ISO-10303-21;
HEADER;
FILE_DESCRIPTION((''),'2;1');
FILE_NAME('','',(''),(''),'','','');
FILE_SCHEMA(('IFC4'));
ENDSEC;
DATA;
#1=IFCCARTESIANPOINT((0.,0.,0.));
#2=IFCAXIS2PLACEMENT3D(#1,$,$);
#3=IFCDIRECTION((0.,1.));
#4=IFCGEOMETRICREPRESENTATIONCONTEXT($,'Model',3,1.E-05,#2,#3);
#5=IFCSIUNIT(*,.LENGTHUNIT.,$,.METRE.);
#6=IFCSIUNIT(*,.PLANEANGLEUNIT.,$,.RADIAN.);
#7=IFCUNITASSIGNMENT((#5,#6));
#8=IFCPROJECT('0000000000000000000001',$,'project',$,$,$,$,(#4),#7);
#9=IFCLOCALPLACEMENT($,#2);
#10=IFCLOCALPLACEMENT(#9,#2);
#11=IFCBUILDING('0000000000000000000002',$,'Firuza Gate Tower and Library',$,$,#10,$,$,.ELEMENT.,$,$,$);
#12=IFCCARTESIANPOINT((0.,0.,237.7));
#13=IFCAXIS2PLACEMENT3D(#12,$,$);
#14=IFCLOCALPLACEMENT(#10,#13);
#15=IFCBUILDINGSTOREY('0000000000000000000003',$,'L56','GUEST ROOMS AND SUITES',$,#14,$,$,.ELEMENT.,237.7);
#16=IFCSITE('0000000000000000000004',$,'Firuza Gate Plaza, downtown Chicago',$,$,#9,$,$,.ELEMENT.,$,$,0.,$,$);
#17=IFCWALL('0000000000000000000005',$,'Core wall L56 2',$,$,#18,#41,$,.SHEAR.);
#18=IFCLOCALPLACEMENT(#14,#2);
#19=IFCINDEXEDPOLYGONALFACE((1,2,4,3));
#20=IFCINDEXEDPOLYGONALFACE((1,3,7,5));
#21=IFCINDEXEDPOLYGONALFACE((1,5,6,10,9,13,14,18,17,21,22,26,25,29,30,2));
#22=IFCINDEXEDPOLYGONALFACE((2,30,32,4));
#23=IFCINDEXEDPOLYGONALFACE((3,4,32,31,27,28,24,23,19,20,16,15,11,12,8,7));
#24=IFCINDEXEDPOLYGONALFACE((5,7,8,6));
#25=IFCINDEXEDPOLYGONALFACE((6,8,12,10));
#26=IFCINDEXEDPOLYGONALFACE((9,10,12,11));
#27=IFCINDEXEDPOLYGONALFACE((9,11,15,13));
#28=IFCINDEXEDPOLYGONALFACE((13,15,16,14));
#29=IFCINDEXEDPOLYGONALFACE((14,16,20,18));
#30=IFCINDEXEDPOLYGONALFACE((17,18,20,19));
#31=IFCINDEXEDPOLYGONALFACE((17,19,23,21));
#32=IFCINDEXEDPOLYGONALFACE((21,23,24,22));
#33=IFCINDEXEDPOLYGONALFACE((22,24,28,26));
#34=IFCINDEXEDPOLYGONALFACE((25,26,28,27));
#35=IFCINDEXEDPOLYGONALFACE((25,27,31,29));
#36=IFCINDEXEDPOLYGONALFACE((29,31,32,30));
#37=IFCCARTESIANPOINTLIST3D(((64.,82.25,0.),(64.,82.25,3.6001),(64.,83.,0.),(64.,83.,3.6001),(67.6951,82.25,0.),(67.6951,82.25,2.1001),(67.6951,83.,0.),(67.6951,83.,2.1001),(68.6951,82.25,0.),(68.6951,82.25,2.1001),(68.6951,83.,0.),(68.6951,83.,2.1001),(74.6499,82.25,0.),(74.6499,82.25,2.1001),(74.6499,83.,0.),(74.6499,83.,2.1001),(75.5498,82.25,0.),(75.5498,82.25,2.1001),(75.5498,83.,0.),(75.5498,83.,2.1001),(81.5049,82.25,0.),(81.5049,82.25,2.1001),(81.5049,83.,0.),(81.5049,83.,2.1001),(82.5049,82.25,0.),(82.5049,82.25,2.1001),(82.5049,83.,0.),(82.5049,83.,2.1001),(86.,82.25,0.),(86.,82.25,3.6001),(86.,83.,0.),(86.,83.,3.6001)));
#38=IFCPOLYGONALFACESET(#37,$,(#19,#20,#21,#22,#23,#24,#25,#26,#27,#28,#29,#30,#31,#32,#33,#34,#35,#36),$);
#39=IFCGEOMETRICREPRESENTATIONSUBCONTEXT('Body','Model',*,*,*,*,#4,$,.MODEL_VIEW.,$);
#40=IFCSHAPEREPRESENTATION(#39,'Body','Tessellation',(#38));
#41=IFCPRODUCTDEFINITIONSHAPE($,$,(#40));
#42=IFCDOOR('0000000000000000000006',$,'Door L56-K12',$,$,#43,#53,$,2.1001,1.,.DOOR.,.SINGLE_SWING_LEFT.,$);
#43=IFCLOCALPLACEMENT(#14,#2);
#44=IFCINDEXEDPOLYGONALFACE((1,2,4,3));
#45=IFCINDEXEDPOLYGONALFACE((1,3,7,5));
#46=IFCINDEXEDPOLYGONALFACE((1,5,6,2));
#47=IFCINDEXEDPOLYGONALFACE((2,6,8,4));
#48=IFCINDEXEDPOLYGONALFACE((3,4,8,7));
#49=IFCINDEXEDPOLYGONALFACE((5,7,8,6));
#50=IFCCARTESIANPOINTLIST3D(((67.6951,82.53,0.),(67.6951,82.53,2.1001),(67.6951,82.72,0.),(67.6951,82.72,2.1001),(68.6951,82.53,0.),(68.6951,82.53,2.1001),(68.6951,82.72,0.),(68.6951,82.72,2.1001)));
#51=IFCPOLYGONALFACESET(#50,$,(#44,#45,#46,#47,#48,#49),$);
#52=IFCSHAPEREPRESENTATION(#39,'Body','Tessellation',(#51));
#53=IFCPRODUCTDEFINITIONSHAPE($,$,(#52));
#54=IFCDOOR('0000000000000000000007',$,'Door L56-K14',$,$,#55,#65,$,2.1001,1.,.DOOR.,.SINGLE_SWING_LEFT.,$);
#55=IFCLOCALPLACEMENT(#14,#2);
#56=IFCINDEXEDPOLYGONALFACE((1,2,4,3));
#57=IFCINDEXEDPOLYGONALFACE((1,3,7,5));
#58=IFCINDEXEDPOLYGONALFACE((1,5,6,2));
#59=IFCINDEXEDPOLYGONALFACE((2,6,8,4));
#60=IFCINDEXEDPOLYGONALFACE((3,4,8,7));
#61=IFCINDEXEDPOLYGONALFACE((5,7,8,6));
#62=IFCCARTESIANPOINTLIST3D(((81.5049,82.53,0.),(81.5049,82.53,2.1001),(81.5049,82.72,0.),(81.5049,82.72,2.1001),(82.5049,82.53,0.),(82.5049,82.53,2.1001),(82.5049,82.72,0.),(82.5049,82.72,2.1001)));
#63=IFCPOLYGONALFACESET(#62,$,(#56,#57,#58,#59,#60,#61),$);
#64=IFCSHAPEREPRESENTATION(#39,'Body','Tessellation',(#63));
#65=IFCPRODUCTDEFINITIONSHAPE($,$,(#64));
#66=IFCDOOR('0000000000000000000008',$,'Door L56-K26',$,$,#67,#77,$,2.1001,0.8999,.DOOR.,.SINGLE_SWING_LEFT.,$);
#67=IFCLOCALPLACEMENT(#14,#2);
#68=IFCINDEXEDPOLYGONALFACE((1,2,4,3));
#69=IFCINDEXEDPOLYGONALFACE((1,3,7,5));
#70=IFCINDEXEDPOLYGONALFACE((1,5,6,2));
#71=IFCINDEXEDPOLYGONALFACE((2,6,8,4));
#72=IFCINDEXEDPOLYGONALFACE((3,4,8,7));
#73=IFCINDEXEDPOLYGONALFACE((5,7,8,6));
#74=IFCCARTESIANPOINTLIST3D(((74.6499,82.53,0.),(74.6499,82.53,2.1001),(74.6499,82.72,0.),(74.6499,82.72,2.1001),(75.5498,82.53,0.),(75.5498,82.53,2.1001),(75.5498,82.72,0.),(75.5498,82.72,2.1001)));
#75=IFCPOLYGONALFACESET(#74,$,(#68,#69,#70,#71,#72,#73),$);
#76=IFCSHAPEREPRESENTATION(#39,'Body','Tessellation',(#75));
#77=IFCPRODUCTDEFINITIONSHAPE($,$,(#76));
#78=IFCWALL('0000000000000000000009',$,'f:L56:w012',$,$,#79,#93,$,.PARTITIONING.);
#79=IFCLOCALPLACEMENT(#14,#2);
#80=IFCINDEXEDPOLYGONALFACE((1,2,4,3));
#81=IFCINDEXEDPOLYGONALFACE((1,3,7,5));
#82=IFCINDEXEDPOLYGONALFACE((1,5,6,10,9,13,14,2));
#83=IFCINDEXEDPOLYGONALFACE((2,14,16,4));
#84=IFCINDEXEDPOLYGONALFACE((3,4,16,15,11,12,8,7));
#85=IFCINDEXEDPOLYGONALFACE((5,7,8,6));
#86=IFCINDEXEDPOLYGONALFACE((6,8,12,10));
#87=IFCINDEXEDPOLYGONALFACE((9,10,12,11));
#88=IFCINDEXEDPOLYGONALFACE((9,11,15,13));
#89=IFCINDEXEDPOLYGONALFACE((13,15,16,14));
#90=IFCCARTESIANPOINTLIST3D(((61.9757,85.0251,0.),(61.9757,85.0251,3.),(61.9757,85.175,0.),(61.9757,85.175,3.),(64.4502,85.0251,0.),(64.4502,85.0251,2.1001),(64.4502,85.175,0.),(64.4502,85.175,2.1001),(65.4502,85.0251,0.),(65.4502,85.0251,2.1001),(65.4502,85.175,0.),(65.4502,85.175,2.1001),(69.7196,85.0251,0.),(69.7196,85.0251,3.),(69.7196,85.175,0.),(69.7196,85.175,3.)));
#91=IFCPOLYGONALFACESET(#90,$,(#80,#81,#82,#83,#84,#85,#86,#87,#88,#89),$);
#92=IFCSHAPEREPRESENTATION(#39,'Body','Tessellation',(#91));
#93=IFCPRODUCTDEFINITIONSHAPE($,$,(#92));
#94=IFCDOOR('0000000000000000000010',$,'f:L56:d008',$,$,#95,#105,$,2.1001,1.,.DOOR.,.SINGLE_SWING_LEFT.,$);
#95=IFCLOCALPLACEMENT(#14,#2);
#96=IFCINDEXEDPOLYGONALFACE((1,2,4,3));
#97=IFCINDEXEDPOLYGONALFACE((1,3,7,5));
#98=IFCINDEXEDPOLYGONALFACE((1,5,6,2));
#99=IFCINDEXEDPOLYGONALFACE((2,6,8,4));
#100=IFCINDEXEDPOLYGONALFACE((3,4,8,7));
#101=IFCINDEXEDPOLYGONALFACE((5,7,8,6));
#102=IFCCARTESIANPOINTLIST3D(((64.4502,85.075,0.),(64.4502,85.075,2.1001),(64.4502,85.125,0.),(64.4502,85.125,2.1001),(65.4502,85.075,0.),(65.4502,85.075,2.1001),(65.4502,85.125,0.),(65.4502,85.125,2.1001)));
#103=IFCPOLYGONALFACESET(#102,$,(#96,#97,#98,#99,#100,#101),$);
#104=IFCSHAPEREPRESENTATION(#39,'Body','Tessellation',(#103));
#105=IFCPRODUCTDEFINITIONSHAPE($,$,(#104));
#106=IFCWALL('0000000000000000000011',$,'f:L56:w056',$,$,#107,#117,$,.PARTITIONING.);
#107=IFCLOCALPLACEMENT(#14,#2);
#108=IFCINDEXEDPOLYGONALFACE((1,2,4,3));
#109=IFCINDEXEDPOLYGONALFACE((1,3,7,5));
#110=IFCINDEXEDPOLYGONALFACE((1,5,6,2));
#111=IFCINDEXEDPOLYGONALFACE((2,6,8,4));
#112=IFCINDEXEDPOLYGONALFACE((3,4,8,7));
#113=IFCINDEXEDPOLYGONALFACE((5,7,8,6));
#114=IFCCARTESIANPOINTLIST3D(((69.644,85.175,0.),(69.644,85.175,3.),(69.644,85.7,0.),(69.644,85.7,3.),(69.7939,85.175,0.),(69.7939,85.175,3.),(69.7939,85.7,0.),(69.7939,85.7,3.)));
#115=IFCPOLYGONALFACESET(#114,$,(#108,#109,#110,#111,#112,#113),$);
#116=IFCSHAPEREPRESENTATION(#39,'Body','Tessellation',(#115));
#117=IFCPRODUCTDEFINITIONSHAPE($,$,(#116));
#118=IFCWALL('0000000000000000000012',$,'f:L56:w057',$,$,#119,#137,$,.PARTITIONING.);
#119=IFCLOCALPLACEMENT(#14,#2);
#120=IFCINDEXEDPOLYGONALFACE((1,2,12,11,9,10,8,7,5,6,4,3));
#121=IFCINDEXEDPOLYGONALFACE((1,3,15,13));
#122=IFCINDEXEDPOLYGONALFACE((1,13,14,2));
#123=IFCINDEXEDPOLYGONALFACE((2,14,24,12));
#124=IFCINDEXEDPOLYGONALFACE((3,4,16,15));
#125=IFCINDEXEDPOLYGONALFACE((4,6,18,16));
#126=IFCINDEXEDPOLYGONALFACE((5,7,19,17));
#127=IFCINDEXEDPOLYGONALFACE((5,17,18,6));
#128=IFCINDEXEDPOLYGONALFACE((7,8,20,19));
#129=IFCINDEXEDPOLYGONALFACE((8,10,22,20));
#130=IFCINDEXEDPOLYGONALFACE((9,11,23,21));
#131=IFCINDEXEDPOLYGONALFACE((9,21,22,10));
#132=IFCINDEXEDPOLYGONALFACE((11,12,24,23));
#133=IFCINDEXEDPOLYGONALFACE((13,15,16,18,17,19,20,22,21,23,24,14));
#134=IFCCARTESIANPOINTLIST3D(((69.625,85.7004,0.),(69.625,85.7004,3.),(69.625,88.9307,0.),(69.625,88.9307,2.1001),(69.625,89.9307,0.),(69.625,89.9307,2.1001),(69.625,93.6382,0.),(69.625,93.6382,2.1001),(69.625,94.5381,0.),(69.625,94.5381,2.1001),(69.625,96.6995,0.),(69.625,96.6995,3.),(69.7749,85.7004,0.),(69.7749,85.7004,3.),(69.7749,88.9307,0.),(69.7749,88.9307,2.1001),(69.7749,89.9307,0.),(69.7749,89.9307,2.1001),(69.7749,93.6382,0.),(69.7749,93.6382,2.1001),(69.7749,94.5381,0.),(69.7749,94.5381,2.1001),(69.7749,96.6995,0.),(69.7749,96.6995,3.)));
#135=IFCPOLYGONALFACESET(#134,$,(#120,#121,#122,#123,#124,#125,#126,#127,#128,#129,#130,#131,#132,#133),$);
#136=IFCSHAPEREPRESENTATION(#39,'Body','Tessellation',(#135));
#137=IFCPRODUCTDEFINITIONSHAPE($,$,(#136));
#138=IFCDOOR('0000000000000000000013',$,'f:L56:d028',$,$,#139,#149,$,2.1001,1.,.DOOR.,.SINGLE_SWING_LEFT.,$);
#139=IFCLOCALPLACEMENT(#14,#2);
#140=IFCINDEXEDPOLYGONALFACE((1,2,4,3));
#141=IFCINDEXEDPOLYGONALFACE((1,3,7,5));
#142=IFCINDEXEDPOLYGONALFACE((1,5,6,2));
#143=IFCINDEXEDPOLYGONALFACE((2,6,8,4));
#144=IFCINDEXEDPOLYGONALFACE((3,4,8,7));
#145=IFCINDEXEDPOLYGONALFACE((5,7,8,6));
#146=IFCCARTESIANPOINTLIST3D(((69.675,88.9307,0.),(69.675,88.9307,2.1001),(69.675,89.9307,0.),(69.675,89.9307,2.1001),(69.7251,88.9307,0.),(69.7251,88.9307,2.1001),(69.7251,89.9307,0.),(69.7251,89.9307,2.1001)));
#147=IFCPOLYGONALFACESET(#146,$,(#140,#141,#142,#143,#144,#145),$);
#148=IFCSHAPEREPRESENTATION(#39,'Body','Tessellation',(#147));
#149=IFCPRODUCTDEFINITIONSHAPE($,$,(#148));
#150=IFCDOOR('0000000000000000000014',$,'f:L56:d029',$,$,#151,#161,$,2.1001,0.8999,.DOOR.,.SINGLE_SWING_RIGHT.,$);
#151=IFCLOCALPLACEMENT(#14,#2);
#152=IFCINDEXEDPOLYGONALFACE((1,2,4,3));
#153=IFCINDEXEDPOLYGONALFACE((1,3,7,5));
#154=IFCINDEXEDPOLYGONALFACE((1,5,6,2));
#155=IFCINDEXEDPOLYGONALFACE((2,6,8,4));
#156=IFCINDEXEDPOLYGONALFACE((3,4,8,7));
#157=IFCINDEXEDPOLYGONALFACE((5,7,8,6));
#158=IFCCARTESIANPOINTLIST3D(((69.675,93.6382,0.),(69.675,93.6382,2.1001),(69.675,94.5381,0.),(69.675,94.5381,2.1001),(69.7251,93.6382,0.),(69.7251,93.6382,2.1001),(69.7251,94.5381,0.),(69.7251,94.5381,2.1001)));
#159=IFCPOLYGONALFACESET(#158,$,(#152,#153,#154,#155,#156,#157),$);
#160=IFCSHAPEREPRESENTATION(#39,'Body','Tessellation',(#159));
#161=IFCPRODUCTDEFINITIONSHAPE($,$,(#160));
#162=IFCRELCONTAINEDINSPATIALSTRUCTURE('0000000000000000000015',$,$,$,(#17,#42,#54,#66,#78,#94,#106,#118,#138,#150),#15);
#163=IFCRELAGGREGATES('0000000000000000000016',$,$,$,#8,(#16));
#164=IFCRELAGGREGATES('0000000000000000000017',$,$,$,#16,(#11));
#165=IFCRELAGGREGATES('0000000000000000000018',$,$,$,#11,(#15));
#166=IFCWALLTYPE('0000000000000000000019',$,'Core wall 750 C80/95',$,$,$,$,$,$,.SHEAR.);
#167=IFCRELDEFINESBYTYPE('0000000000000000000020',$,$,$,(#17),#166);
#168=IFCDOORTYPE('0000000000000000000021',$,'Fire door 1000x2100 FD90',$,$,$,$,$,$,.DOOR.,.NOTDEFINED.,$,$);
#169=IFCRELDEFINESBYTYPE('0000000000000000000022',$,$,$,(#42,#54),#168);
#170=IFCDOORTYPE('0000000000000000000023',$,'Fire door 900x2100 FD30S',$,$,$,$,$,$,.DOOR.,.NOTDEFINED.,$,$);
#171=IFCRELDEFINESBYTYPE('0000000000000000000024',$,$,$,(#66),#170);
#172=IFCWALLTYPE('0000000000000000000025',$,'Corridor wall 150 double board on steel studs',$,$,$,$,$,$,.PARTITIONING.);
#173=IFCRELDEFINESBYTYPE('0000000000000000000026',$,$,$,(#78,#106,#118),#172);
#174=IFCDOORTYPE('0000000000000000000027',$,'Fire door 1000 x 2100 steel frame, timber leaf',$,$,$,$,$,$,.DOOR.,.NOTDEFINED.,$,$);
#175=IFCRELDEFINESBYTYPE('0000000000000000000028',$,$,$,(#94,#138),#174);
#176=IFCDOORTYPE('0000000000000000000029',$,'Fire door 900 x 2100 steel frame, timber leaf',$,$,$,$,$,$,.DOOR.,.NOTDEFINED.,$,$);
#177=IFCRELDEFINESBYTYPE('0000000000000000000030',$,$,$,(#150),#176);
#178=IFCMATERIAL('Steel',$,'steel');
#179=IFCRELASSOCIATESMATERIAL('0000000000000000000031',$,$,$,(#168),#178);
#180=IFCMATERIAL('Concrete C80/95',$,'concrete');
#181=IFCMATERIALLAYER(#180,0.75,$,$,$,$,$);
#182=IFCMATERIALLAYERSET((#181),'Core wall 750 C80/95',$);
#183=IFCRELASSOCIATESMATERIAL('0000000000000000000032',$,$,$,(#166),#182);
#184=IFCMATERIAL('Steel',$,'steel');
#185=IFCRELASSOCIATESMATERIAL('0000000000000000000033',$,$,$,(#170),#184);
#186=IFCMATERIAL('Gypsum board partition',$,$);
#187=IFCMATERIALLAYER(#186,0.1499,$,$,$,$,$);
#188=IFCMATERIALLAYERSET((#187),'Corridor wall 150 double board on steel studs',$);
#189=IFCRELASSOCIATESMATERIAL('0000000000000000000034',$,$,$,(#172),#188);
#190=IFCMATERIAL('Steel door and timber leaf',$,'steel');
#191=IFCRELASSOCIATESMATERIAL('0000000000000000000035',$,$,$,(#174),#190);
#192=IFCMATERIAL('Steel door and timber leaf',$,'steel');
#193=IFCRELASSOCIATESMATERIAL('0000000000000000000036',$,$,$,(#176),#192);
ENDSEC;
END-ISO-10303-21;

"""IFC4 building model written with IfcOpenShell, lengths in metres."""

from ifc_helpers import new_model, si_unit, direction, frame, frame_2d, origin, place, context, subcontext, project, spatial, rectangle, extrude, material, layer, layer_set, type_object, element, fill, save


model = new_model("IFC4")

# Units and contexts
model_context = context("Model", 3, precision=1e-05, world=origin(), true_north=direction((0.0, 1.0)))
body_context = subcontext(model_context, "Body", "Model", "MODEL_VIEW")
ifc_project = project(units=[si_unit("LENGTHUNIT", "METRE"), si_unit("PLANEANGLEUNIT", "RADIAN")], contexts=[model_context])

# Site, building, storey
site_placement = place(None, origin())
site = spatial("IfcSite", under=ifc_project, at=site_placement, Name="Firuza Gate Plaza, downtown Chicago", CompositionType="ELEMENT", RefElevation=0.0)
building_placement = place(site_placement, origin())
building = spatial("IfcBuilding", under=site, at=building_placement, Name="Firuza Gate Tower and Library", CompositionType="ELEMENT")
storey_placement = place(building_placement, frame((0.0, 0.0, 237.7)))
storey = spatial("IfcBuildingStorey", under=building, at=storey_placement, Name="L56", Description="GUEST ROOMS AND SUITES", CompositionType="ELEMENT", Elevation=237.7)

# Shared definitions
ifc_material_1 = material(Name="Steel", Category="steel")
door_type_1 = type_object("IfcDoorType", Name="Fire door 1000x2100 FD90", OperationType="NOTDEFINED", PredefinedType="DOOR", material=ifc_material_1)

# Wall, openings, doors
ifc_material_2 = material(Name="Concrete C80/95", Category="concrete")
ifc_layer_1 = layer(ifc_material_2, 0.75)
ifc_layer_set_1 = layer_set([ifc_layer_1], Name="Core wall 750 C80/95")
wall_type_1 = type_object("IfcWallType", Name="Core wall 750 C80/95", PredefinedType="SHEAR", material=ifc_layer_set_1)
wall_1_placement = place(storey_placement, frame((64.0, 82.625, 0.0), z_axis=(0.0, 0.0, 1.0), x_axis=(1.0, 0.0, 0.0)))
wall_1 = element("IfcWall", 1, at=wall_1_placement, inside=storey, type_object=wall_type_1, Name="Core wall L56 2", PredefinedType="SHEAR", context=body_context, shape_type="SweptSolid", body=[
    extrude(rectangle(XDim=22.0, YDim=0.75, at=frame_2d((11.0, 0.0))), origin(), (0.0, 0.0, 1.0), 3.6001),
])
opening_1_placement = place(wall_1_placement, frame((3.6951, 0.0, 0.0)))
opening_1 = element("IfcOpeningElement", 2, at=opening_1_placement, cuts=wall_1, PredefinedType="OPENING", context=body_context, shape_type="SweptSolid", body=[
    extrude(rectangle(XDim=1.0, YDim=2.1001, at=frame_2d((0.5, 1.05))), frame((0.0, 0.385, 0.0), z_axis=(0.0, -1.0, 0.0), x_axis=(1.0, 0.0, 0.0)), (0.0, 0.0, 1.0), 0.77),
])
opening_2_placement = place(wall_1_placement, frame((17.5049, 0.0, 0.0)))
opening_2 = element("IfcOpeningElement", 3, at=opening_2_placement, cuts=wall_1, PredefinedType="OPENING", context=body_context, shape_type="SweptSolid", body=[
    extrude(rectangle(XDim=1.0, YDim=2.1001, at=frame_2d((0.5, 1.05))), frame((0.0, 0.385, 0.0), z_axis=(0.0, -1.0, 0.0), x_axis=(1.0, 0.0, 0.0)), (0.0, 0.0, 1.0), 0.77),
])
opening_3_placement = place(wall_1_placement, frame((10.6499, 0.0, 0.0)))
opening_3 = element("IfcOpeningElement", 4, at=opening_3_placement, cuts=wall_1, PredefinedType="OPENING", context=body_context, shape_type="SweptSolid", body=[
    extrude(rectangle(XDim=0.8999, YDim=2.1001, at=frame_2d((0.45, 1.05))), frame((0.0, 0.385, 0.0), z_axis=(0.0, -1.0, 0.0), x_axis=(1.0, 0.0, 0.0)), (0.0, 0.0, 1.0), 0.77),
])
door_1_placement = place(opening_1_placement, origin())
door_1 = element("IfcDoor", 5, at=door_1_placement, inside=storey, type_object=door_type_1, Name="Door L56-K12", OperationType="SINGLE_SWING_LEFT", OverallHeight=2.1001, OverallWidth=1.0, PredefinedType="DOOR", context=body_context, shape_type="SweptSolid", body=[
    extrude(rectangle(XDim=1.0, YDim=2.1001, at=frame_2d((0.5, 1.05))), frame((0.0, 0.095, 0.0), z_axis=(0.0, -1.0, 0.0), x_axis=(1.0, 0.0, 0.0)), (0.0, 0.0, 1.0), 0.1899),
])
fill(opening_1, door_1)
door_2_placement = place(opening_2_placement, origin())
door_2 = element("IfcDoor", 6, at=door_2_placement, inside=storey, type_object=door_type_1, Name="Door L56-K14", OperationType="SINGLE_SWING_LEFT", OverallHeight=2.1001, OverallWidth=1.0, PredefinedType="DOOR", context=body_context, shape_type="SweptSolid", body=[
    extrude(rectangle(XDim=1.0, YDim=2.1001, at=frame_2d((0.5, 1.05))), frame((0.0, 0.095, 0.0), z_axis=(0.0, -1.0, 0.0), x_axis=(1.0, 0.0, 0.0)), (0.0, 0.0, 1.0), 0.1899),
])
fill(opening_2, door_2)
ifc_material_3 = material(Name="Steel", Category="steel")
door_type_2 = type_object("IfcDoorType", Name="Fire door 900x2100 FD30S", OperationType="NOTDEFINED", PredefinedType="DOOR", material=ifc_material_3)
door_3_placement = place(opening_3_placement, origin())
door_3 = element("IfcDoor", 7, at=door_3_placement, inside=storey, type_object=door_type_2, Name="Door L56-K26", OperationType="SINGLE_SWING_LEFT", OverallHeight=2.1001, OverallWidth=0.8999, PredefinedType="DOOR", context=body_context, shape_type="SweptSolid", body=[
    extrude(rectangle(XDim=0.8999, YDim=2.1001, at=frame_2d((0.45, 1.05))), frame((0.0, 0.095, 0.0), z_axis=(0.0, -1.0, 0.0), x_axis=(1.0, 0.0, 0.0)), (0.0, 0.0, 1.0), 0.1899),
])
fill(opening_3, door_3)

# Wall, opening, door
ifc_material_4 = material(Name="Gypsum board partition")
ifc_layer_2 = layer(ifc_material_4, 0.1499)
ifc_layer_set_2 = layer_set([ifc_layer_2], Name="Corridor wall 150 double board on steel studs")
wall_type_2 = type_object("IfcWallType", Name="Corridor wall 150 double board on steel studs", PredefinedType="PARTITIONING", material=ifc_layer_set_2)
wall_2_placement = place(storey_placement, frame((61.9756, 85.1001, 0.0), z_axis=(0.0, 0.0, 1.0), x_axis=(1.0, 0.0, 0.0)))
wall_2 = element("IfcWall", 8, at=wall_2_placement, inside=storey, type_object=wall_type_2, Name="f:L56:w012", PredefinedType="PARTITIONING", context=body_context, shape_type="SweptSolid", body=[
    extrude(rectangle(XDim=7.7439, YDim=0.1499, at=frame_2d((3.8721, 0.0))), origin(), (0.0, 0.0, 1.0), 3.0),
])
opening_4_placement = place(wall_2_placement, frame((2.4746, 0.0, 0.0)))
opening_4 = element("IfcOpeningElement", 9, at=opening_4_placement, cuts=wall_2, PredefinedType="OPENING", context=body_context, shape_type="SweptSolid", body=[
    extrude(rectangle(XDim=1.0, YDim=2.1001, at=frame_2d((0.5, 1.05))), frame((0.0, 0.085, 0.0), z_axis=(0.0, -1.0, 0.0), x_axis=(1.0, 0.0, 0.0)), (0.0, 0.0, 1.0), 0.1699),
])
ifc_material_5 = material(Name="Steel door and timber leaf", Category="steel")
door_type_3 = type_object("IfcDoorType", Name="Fire door 1000 x 2100 steel frame, timber leaf", OperationType="NOTDEFINED", PredefinedType="DOOR", material=ifc_material_5)
door_4_placement = place(opening_4_placement, origin())
door_4 = element("IfcDoor", 10, at=door_4_placement, inside=storey, type_object=door_type_3, Name="f:L56:d008", OperationType="SINGLE_SWING_LEFT", OverallHeight=2.1001, OverallWidth=1.0, PredefinedType="DOOR", context=body_context, shape_type="SweptSolid", body=[
    extrude(rectangle(XDim=1.0, YDim=2.1001, at=frame_2d((0.5, 1.05))), frame((0.0, 0.0249, 0.0), z_axis=(0.0, -1.0, 0.0), x_axis=(1.0, 0.0, 0.0)), (0.0, 0.0, 1.0), 0.05),
])
fill(opening_4, door_4)

# Wall
wall_3_placement = place(storey_placement, frame((69.719, 85.175, 0.0), z_axis=(0.0, 0.0, 1.0), x_axis=(0.0, 1.0, 0.0)))
element("IfcWall", 11, at=wall_3_placement, inside=storey, type_object=wall_type_2, Name="f:L56:w056", PredefinedType="PARTITIONING", context=body_context, shape_type="SweptSolid", body=[
    extrude(rectangle(XDim=0.5249, YDim=0.1499, at=frame_2d((0.2625, 0.0))), origin(), (0.0, 0.0, 1.0), 3.0),
])

# Wall, openings, doors
wall_4_placement = place(storey_placement, frame((69.7, 85.7004, 0.0), z_axis=(0.0, 0.0, 1.0), x_axis=(0.0, 1.0, 0.0)))
wall_4 = element("IfcWall", 12, at=wall_4_placement, inside=storey, type_object=wall_type_2, Name="f:L56:w057", PredefinedType="PARTITIONING", context=body_context, shape_type="SweptSolid", body=[
    extrude(rectangle(XDim=10.999, YDim=0.1499, at=frame_2d((5.4995, 0.0))), origin(), (0.0, 0.0, 1.0), 3.0),
])
opening_5_placement = place(wall_4_placement, frame((3.2302, 0.0, 0.0)))
opening_5 = element("IfcOpeningElement", 13, at=opening_5_placement, cuts=wall_4, PredefinedType="OPENING", context=body_context, shape_type="SweptSolid", body=[
    extrude(rectangle(XDim=1.0, YDim=2.1001, at=frame_2d((0.5, 1.05))), frame((0.0, 0.085, 0.0), z_axis=(0.0, -1.0, 0.0), x_axis=(1.0, 0.0, 0.0)), (0.0, 0.0, 1.0), 0.1699),
])
opening_6_placement = place(wall_4_placement, frame((7.9377, 0.0, 0.0)))
opening_6 = element("IfcOpeningElement", 14, at=opening_6_placement, cuts=wall_4, PredefinedType="OPENING", context=body_context, shape_type="SweptSolid", body=[
    extrude(rectangle(XDim=0.8999, YDim=2.1001, at=frame_2d((0.45, 1.05))), frame((0.0, 0.085, 0.0), z_axis=(0.0, -1.0, 0.0), x_axis=(1.0, 0.0, 0.0)), (0.0, 0.0, 1.0), 0.1699),
])
door_5_placement = place(opening_5_placement, origin())
door_5 = element("IfcDoor", 15, at=door_5_placement, inside=storey, type_object=door_type_3, Name="f:L56:d028", OperationType="SINGLE_SWING_LEFT", OverallHeight=2.1001, OverallWidth=1.0, PredefinedType="DOOR", context=body_context, shape_type="SweptSolid", body=[
    extrude(rectangle(XDim=1.0, YDim=2.1001, at=frame_2d((0.5, 1.05))), frame((0.0, 0.0249, 0.0), z_axis=(0.0, -1.0, 0.0), x_axis=(1.0, 0.0, 0.0)), (0.0, 0.0, 1.0), 0.05),
])
fill(opening_5, door_5)
ifc_material_6 = material(Name="Steel door and timber leaf", Category="steel")
door_type_4 = type_object("IfcDoorType", Name="Fire door 900 x 2100 steel frame, timber leaf", OperationType="NOTDEFINED", PredefinedType="DOOR", material=ifc_material_6)
door_6_placement = place(opening_6_placement, origin())
door_6 = element("IfcDoor", 16, at=door_6_placement, inside=storey, type_object=door_type_4, Name="f:L56:d029", OperationType="SINGLE_SWING_RIGHT", OverallHeight=2.1001, OverallWidth=0.8999, PredefinedType="DOOR", context=body_context, shape_type="SweptSolid", body=[
    extrude(rectangle(XDim=0.8999, YDim=2.1001, at=frame_2d((0.45, 1.05))), frame((0.0, 0.0249, 0.0), z_axis=(0.0, -1.0, 0.0), x_axis=(1.0, 0.0, 0.0)), (0.0, 0.0, 1.0), 0.05),
])
fill(opening_6, door_6)

save(model, "model.ifc")
